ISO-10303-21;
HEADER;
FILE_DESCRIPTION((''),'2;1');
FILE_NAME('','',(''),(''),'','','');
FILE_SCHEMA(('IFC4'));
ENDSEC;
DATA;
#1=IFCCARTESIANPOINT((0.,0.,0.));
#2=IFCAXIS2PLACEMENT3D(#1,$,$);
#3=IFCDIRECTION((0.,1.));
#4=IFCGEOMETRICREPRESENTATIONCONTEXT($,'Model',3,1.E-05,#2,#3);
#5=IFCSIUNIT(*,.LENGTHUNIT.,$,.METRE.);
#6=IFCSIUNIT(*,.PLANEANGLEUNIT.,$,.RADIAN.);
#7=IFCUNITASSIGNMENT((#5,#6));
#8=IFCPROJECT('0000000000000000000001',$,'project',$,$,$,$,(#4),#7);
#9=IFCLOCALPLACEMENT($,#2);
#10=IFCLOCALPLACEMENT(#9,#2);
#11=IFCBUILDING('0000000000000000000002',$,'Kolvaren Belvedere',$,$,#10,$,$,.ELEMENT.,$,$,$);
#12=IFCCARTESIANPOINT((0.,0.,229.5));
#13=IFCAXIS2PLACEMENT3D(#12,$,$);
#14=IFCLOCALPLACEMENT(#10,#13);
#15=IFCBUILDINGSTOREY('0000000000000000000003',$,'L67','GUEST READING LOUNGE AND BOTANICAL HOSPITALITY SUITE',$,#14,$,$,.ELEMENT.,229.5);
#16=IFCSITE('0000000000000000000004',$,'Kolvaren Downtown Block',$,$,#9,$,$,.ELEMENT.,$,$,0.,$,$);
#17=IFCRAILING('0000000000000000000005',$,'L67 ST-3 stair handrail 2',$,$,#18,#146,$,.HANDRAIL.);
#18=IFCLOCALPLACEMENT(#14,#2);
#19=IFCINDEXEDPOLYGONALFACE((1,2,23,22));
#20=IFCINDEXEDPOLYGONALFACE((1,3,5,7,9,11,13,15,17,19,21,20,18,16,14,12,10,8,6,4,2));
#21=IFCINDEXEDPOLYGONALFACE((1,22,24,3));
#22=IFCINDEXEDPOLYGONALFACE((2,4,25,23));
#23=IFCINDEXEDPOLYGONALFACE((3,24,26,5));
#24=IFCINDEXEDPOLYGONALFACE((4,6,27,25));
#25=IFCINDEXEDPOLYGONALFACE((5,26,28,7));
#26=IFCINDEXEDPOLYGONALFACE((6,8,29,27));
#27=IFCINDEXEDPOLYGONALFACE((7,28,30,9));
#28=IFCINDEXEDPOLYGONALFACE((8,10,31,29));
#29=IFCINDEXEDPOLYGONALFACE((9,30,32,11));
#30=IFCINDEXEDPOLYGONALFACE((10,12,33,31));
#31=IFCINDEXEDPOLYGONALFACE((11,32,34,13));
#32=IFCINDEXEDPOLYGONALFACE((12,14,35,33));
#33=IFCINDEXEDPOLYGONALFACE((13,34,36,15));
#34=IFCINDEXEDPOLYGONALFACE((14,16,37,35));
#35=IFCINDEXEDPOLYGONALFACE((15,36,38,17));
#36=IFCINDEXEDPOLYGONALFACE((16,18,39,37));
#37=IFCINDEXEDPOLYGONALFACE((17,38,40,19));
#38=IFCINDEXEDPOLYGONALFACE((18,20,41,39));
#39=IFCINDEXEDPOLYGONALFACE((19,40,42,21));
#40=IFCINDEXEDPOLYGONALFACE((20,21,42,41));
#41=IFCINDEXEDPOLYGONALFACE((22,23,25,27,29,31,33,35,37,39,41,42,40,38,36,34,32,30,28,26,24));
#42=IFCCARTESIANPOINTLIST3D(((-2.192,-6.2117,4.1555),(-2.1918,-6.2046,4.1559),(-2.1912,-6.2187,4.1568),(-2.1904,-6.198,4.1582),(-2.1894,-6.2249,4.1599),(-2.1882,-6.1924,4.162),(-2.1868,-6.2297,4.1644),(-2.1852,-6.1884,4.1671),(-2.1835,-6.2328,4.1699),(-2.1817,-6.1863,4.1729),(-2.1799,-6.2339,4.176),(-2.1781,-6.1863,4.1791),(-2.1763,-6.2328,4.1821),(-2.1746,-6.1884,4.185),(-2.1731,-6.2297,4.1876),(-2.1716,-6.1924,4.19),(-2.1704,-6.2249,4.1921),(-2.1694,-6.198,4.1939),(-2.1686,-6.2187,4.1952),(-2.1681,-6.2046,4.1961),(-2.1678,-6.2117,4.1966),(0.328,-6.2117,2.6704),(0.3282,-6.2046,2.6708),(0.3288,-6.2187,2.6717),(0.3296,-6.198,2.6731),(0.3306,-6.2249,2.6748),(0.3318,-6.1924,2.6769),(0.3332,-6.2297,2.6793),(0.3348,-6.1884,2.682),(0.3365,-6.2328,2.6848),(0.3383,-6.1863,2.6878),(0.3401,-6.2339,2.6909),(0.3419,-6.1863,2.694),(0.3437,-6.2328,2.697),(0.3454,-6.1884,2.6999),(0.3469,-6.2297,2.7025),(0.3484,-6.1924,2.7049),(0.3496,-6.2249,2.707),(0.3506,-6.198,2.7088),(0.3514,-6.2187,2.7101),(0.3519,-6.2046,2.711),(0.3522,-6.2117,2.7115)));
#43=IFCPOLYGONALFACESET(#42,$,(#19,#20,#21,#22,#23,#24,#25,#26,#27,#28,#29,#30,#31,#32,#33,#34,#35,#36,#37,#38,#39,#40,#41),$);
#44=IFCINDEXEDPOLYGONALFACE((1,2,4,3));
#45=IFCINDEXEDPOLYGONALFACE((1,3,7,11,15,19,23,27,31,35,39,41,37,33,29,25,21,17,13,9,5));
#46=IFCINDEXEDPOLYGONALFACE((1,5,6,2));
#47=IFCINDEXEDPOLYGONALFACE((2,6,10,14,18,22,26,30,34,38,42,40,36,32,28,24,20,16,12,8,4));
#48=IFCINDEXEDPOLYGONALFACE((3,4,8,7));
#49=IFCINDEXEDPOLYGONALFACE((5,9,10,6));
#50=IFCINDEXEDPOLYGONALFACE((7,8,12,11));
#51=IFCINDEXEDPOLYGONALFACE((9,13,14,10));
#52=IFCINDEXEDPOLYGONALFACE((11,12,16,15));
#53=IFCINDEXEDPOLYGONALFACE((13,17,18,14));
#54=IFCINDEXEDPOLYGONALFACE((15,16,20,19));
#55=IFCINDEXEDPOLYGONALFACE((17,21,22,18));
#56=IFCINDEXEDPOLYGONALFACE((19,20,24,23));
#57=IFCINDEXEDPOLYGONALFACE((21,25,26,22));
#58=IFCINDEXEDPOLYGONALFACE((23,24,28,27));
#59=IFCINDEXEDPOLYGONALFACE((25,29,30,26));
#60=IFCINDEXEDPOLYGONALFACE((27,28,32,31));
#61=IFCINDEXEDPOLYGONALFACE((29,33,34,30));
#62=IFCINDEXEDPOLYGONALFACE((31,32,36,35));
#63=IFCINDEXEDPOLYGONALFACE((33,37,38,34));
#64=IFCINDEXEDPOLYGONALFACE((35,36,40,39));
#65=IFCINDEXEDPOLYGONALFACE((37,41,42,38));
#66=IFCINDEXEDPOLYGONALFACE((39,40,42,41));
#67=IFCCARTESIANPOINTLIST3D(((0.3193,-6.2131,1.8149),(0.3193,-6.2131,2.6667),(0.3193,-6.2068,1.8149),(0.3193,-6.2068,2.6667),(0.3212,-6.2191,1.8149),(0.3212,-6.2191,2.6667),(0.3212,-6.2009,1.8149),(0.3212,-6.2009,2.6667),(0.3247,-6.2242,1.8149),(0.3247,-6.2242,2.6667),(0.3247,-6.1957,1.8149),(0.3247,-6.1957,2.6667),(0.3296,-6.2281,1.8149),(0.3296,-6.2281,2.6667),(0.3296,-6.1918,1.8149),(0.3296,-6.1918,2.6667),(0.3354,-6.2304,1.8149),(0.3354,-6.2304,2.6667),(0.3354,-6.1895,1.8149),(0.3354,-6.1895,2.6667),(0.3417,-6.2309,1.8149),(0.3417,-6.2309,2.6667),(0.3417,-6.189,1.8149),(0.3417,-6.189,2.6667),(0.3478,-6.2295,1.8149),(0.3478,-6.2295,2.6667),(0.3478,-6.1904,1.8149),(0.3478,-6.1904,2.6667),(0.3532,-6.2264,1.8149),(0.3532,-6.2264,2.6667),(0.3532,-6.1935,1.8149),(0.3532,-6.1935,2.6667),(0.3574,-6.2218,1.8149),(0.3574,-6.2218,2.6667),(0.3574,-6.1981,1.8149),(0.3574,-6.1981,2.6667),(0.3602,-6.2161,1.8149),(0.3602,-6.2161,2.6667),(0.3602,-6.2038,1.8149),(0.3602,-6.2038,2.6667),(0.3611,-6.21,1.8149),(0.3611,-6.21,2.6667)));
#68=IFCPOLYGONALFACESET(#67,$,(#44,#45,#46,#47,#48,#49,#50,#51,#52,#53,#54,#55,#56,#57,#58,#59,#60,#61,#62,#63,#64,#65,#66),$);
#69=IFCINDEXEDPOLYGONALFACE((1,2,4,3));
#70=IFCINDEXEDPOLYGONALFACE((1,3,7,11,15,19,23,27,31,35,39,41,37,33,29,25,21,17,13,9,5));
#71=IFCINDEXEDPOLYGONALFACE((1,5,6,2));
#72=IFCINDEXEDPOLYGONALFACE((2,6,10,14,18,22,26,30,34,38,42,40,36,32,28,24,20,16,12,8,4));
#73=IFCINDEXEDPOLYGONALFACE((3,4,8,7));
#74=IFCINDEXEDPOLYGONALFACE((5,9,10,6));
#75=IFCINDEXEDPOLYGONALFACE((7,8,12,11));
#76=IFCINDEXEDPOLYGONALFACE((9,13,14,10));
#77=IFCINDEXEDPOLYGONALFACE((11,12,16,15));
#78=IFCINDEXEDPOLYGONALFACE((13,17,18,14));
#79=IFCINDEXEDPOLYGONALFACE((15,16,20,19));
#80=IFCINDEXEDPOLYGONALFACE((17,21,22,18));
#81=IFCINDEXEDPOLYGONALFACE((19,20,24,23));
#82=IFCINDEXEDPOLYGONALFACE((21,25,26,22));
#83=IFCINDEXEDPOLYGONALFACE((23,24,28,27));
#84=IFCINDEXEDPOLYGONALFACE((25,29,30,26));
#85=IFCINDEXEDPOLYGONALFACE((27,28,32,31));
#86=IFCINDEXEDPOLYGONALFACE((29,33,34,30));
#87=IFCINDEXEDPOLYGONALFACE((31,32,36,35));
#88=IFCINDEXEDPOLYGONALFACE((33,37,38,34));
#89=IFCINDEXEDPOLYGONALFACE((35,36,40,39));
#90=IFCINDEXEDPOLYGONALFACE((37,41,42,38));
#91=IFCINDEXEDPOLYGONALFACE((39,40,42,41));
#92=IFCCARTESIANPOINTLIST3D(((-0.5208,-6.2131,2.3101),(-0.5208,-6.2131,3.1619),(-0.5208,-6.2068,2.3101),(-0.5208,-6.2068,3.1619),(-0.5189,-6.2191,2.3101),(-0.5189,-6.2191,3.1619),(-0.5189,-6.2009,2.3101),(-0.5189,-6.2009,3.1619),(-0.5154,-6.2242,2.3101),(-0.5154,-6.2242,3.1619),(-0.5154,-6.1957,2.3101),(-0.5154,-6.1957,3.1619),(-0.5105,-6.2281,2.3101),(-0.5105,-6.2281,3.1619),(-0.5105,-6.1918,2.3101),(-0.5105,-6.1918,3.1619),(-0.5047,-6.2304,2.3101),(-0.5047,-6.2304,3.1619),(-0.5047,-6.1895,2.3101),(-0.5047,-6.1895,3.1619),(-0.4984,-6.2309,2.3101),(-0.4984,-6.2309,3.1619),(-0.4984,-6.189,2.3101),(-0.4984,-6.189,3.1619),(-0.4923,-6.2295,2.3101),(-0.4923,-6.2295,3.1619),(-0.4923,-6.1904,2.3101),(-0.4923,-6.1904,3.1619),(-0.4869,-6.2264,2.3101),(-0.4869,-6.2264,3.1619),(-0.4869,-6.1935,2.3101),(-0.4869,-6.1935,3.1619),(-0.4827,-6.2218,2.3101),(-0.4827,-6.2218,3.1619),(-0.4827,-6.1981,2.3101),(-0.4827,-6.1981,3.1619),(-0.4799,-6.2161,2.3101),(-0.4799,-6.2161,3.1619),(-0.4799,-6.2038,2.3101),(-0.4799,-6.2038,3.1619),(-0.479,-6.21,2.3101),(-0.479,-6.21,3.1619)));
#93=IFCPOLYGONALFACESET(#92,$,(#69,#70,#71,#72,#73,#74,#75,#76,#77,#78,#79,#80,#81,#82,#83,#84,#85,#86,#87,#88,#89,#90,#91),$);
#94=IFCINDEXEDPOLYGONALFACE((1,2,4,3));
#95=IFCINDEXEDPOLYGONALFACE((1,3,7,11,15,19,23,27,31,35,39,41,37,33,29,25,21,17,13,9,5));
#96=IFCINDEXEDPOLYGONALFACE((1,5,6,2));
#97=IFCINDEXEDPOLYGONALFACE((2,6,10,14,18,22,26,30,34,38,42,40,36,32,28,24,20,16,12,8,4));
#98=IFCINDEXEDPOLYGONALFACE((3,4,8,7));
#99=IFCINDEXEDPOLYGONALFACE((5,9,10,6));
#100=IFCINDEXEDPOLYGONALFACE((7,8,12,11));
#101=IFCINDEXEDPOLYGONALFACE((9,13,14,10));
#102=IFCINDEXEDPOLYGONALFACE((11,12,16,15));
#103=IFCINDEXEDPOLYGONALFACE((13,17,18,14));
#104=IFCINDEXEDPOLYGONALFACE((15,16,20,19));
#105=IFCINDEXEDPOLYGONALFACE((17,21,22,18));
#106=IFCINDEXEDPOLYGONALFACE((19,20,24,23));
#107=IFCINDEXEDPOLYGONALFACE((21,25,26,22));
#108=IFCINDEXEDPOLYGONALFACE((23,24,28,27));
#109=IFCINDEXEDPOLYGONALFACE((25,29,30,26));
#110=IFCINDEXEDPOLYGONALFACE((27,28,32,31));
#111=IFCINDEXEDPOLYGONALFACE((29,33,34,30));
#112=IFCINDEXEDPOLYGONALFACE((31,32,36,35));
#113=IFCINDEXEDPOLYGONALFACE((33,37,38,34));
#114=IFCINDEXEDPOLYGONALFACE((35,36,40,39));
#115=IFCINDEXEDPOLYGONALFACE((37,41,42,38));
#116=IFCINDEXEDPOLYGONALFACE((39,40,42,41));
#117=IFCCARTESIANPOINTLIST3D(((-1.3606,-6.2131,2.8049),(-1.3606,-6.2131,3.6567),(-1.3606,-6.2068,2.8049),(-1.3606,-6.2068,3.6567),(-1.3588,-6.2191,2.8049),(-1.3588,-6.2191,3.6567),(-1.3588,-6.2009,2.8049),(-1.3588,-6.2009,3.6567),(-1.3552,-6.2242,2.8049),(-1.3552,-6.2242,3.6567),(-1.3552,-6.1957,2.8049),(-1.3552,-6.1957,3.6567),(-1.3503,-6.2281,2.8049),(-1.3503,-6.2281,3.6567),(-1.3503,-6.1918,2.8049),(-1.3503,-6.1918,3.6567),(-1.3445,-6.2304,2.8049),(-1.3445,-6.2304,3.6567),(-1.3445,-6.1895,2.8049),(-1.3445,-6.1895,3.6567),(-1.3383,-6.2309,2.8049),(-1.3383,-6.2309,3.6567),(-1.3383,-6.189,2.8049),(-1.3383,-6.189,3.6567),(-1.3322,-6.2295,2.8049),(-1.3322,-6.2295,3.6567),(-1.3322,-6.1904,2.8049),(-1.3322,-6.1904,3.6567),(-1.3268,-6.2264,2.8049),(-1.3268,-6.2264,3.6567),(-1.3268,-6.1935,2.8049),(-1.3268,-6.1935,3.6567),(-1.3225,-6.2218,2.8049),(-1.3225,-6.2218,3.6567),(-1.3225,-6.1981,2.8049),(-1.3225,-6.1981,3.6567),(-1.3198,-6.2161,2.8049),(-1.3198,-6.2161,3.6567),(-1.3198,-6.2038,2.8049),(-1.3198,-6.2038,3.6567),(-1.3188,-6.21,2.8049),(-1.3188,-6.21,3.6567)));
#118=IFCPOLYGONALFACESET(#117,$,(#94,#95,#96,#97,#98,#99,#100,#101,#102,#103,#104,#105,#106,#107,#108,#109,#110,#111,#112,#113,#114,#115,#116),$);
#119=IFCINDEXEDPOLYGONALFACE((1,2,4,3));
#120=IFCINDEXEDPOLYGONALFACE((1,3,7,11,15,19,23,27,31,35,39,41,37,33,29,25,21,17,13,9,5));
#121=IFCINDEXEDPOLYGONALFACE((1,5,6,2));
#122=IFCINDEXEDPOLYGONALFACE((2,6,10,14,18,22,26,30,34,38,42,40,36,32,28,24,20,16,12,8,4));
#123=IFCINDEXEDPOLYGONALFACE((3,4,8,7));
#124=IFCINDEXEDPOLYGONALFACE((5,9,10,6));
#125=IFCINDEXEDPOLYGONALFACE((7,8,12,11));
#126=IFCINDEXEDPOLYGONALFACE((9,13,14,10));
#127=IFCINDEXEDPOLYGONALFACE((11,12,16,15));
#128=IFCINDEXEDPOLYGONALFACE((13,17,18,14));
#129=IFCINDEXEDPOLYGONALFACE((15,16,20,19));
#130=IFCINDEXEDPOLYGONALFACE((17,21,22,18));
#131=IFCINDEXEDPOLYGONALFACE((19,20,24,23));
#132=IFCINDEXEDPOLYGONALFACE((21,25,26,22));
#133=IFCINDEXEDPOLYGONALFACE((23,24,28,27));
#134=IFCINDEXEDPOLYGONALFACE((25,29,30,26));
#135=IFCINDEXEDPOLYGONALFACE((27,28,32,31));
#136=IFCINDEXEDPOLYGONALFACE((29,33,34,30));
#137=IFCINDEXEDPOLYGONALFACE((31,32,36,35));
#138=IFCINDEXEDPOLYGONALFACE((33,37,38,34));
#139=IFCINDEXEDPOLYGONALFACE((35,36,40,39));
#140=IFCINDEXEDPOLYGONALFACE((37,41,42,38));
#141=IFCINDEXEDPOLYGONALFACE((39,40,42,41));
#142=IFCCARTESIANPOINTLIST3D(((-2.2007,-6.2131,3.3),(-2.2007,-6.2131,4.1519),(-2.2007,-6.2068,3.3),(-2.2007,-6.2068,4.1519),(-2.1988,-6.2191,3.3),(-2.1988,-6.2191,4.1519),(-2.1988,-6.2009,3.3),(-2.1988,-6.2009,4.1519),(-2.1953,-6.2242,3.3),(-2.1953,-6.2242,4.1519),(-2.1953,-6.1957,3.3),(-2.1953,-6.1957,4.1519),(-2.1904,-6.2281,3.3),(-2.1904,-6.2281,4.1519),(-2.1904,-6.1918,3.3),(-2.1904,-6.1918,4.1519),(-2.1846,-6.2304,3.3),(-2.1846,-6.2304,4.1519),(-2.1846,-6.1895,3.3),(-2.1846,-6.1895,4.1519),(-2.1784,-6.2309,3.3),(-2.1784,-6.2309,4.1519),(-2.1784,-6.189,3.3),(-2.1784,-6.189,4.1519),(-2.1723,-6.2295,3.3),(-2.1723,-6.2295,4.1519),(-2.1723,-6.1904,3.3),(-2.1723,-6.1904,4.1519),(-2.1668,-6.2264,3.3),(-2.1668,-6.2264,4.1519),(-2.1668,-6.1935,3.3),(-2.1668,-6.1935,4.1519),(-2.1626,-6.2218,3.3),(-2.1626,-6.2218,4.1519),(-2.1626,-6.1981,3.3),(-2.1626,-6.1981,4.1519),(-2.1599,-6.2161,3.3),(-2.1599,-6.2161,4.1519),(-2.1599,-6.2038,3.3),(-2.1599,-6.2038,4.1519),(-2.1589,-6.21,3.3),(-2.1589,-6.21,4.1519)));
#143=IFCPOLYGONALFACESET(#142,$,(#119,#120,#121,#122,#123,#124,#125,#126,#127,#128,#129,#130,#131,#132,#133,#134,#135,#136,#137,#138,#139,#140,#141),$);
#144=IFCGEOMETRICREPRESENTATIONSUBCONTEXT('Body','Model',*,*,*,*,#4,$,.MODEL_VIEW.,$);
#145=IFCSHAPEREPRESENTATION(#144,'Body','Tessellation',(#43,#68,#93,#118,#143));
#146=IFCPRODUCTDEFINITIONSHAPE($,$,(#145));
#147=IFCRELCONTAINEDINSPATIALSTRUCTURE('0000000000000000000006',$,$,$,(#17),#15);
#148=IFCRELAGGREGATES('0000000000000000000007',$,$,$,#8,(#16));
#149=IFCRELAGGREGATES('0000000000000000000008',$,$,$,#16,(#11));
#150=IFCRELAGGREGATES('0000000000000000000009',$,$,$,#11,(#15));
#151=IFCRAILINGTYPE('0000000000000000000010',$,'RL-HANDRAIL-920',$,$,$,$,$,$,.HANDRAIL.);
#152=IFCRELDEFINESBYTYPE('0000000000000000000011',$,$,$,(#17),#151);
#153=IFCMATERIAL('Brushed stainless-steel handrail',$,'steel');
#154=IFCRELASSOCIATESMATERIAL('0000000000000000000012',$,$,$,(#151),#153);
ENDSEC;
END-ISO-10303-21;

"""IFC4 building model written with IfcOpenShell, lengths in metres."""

from ifc_helpers import new_model, si_unit, direction, frame, origin, origin_2d, place, context, subcontext, project, spatial, circle, extrude, material, type_object, element, save


model = new_model("IFC4")

# Units and contexts
model_context = context("Model", 3, precision=1e-05, world=origin(), true_north=direction((0.0, 1.0)))
body_context = subcontext(model_context, "Body", "Model", "MODEL_VIEW")
ifc_project = project(units=[si_unit("LENGTHUNIT", "METRE"), si_unit("PLANEANGLEUNIT", "RADIAN")], contexts=[model_context])

# Site, building, storey
site_placement = place(None, origin())
site = spatial("IfcSite", under=ifc_project, at=site_placement, Name="Kolvaren Downtown Block", CompositionType="ELEMENT", RefElevation=0.0)
building_placement = place(site_placement, origin())
building = spatial("IfcBuilding", under=site, at=building_placement, Name="Kolvaren Belvedere", CompositionType="ELEMENT")
storey_placement = place(building_placement, frame((0.0, 0.0, 229.5)))
storey = spatial("IfcBuildingStorey", under=building, at=storey_placement, Name="L67", Description="GUEST READING LOUNGE AND BOTANICAL HOSPITALITY SUITE", CompositionType="ELEMENT", Elevation=229.5)

# Railing
ifc_material_1 = material(Name="Brushed stainless-steel handrail", Category="steel")
railing_type_1 = type_object("IfcRailingType", Name="RL-HANDRAIL-920", PredefinedType="HANDRAIL", material=ifc_material_1)
railing_1_placement = place(storey_placement, frame((0.3401, -6.21, 1.8149)))
element("IfcRailing", 1, at=railing_1_placement, inside=storey, type_object=railing_type_1, Name="L67 ST-3 stair handrail 2", PredefinedType="HANDRAIL", context=body_context, shape_type="SweptSolid", body=[
    extrude(circle(Radius=0.0239, at=origin_2d()), frame((0.0, 0.0, 0.876), z_axis=(-0.861524, 0.0, 0.507717), x_axis=(0.0, -1.0, 0.0)), (0.0, 0.0, 1.0), 2.925),
    extrude(circle(Radius=0.021, at=origin_2d()), origin(), (0.0, 0.0, 1.0), 0.8518),
    extrude(circle(Radius=0.021, at=origin_2d()), frame((-0.8401, 0.0, 0.4951)), (0.0, 0.0, 1.0), 0.8518),
    extrude(circle(Radius=0.021, at=origin_2d()), frame((-1.6799, 0.0, 0.99)), (0.0, 0.0, 1.0), 0.8518),
    extrude(circle(Radius=0.021, at=origin_2d()), frame((-2.52, 0.0, 1.4851)), (0.0, 0.0, 1.0), 0.8518),
])

save(model, "model.ifc")
